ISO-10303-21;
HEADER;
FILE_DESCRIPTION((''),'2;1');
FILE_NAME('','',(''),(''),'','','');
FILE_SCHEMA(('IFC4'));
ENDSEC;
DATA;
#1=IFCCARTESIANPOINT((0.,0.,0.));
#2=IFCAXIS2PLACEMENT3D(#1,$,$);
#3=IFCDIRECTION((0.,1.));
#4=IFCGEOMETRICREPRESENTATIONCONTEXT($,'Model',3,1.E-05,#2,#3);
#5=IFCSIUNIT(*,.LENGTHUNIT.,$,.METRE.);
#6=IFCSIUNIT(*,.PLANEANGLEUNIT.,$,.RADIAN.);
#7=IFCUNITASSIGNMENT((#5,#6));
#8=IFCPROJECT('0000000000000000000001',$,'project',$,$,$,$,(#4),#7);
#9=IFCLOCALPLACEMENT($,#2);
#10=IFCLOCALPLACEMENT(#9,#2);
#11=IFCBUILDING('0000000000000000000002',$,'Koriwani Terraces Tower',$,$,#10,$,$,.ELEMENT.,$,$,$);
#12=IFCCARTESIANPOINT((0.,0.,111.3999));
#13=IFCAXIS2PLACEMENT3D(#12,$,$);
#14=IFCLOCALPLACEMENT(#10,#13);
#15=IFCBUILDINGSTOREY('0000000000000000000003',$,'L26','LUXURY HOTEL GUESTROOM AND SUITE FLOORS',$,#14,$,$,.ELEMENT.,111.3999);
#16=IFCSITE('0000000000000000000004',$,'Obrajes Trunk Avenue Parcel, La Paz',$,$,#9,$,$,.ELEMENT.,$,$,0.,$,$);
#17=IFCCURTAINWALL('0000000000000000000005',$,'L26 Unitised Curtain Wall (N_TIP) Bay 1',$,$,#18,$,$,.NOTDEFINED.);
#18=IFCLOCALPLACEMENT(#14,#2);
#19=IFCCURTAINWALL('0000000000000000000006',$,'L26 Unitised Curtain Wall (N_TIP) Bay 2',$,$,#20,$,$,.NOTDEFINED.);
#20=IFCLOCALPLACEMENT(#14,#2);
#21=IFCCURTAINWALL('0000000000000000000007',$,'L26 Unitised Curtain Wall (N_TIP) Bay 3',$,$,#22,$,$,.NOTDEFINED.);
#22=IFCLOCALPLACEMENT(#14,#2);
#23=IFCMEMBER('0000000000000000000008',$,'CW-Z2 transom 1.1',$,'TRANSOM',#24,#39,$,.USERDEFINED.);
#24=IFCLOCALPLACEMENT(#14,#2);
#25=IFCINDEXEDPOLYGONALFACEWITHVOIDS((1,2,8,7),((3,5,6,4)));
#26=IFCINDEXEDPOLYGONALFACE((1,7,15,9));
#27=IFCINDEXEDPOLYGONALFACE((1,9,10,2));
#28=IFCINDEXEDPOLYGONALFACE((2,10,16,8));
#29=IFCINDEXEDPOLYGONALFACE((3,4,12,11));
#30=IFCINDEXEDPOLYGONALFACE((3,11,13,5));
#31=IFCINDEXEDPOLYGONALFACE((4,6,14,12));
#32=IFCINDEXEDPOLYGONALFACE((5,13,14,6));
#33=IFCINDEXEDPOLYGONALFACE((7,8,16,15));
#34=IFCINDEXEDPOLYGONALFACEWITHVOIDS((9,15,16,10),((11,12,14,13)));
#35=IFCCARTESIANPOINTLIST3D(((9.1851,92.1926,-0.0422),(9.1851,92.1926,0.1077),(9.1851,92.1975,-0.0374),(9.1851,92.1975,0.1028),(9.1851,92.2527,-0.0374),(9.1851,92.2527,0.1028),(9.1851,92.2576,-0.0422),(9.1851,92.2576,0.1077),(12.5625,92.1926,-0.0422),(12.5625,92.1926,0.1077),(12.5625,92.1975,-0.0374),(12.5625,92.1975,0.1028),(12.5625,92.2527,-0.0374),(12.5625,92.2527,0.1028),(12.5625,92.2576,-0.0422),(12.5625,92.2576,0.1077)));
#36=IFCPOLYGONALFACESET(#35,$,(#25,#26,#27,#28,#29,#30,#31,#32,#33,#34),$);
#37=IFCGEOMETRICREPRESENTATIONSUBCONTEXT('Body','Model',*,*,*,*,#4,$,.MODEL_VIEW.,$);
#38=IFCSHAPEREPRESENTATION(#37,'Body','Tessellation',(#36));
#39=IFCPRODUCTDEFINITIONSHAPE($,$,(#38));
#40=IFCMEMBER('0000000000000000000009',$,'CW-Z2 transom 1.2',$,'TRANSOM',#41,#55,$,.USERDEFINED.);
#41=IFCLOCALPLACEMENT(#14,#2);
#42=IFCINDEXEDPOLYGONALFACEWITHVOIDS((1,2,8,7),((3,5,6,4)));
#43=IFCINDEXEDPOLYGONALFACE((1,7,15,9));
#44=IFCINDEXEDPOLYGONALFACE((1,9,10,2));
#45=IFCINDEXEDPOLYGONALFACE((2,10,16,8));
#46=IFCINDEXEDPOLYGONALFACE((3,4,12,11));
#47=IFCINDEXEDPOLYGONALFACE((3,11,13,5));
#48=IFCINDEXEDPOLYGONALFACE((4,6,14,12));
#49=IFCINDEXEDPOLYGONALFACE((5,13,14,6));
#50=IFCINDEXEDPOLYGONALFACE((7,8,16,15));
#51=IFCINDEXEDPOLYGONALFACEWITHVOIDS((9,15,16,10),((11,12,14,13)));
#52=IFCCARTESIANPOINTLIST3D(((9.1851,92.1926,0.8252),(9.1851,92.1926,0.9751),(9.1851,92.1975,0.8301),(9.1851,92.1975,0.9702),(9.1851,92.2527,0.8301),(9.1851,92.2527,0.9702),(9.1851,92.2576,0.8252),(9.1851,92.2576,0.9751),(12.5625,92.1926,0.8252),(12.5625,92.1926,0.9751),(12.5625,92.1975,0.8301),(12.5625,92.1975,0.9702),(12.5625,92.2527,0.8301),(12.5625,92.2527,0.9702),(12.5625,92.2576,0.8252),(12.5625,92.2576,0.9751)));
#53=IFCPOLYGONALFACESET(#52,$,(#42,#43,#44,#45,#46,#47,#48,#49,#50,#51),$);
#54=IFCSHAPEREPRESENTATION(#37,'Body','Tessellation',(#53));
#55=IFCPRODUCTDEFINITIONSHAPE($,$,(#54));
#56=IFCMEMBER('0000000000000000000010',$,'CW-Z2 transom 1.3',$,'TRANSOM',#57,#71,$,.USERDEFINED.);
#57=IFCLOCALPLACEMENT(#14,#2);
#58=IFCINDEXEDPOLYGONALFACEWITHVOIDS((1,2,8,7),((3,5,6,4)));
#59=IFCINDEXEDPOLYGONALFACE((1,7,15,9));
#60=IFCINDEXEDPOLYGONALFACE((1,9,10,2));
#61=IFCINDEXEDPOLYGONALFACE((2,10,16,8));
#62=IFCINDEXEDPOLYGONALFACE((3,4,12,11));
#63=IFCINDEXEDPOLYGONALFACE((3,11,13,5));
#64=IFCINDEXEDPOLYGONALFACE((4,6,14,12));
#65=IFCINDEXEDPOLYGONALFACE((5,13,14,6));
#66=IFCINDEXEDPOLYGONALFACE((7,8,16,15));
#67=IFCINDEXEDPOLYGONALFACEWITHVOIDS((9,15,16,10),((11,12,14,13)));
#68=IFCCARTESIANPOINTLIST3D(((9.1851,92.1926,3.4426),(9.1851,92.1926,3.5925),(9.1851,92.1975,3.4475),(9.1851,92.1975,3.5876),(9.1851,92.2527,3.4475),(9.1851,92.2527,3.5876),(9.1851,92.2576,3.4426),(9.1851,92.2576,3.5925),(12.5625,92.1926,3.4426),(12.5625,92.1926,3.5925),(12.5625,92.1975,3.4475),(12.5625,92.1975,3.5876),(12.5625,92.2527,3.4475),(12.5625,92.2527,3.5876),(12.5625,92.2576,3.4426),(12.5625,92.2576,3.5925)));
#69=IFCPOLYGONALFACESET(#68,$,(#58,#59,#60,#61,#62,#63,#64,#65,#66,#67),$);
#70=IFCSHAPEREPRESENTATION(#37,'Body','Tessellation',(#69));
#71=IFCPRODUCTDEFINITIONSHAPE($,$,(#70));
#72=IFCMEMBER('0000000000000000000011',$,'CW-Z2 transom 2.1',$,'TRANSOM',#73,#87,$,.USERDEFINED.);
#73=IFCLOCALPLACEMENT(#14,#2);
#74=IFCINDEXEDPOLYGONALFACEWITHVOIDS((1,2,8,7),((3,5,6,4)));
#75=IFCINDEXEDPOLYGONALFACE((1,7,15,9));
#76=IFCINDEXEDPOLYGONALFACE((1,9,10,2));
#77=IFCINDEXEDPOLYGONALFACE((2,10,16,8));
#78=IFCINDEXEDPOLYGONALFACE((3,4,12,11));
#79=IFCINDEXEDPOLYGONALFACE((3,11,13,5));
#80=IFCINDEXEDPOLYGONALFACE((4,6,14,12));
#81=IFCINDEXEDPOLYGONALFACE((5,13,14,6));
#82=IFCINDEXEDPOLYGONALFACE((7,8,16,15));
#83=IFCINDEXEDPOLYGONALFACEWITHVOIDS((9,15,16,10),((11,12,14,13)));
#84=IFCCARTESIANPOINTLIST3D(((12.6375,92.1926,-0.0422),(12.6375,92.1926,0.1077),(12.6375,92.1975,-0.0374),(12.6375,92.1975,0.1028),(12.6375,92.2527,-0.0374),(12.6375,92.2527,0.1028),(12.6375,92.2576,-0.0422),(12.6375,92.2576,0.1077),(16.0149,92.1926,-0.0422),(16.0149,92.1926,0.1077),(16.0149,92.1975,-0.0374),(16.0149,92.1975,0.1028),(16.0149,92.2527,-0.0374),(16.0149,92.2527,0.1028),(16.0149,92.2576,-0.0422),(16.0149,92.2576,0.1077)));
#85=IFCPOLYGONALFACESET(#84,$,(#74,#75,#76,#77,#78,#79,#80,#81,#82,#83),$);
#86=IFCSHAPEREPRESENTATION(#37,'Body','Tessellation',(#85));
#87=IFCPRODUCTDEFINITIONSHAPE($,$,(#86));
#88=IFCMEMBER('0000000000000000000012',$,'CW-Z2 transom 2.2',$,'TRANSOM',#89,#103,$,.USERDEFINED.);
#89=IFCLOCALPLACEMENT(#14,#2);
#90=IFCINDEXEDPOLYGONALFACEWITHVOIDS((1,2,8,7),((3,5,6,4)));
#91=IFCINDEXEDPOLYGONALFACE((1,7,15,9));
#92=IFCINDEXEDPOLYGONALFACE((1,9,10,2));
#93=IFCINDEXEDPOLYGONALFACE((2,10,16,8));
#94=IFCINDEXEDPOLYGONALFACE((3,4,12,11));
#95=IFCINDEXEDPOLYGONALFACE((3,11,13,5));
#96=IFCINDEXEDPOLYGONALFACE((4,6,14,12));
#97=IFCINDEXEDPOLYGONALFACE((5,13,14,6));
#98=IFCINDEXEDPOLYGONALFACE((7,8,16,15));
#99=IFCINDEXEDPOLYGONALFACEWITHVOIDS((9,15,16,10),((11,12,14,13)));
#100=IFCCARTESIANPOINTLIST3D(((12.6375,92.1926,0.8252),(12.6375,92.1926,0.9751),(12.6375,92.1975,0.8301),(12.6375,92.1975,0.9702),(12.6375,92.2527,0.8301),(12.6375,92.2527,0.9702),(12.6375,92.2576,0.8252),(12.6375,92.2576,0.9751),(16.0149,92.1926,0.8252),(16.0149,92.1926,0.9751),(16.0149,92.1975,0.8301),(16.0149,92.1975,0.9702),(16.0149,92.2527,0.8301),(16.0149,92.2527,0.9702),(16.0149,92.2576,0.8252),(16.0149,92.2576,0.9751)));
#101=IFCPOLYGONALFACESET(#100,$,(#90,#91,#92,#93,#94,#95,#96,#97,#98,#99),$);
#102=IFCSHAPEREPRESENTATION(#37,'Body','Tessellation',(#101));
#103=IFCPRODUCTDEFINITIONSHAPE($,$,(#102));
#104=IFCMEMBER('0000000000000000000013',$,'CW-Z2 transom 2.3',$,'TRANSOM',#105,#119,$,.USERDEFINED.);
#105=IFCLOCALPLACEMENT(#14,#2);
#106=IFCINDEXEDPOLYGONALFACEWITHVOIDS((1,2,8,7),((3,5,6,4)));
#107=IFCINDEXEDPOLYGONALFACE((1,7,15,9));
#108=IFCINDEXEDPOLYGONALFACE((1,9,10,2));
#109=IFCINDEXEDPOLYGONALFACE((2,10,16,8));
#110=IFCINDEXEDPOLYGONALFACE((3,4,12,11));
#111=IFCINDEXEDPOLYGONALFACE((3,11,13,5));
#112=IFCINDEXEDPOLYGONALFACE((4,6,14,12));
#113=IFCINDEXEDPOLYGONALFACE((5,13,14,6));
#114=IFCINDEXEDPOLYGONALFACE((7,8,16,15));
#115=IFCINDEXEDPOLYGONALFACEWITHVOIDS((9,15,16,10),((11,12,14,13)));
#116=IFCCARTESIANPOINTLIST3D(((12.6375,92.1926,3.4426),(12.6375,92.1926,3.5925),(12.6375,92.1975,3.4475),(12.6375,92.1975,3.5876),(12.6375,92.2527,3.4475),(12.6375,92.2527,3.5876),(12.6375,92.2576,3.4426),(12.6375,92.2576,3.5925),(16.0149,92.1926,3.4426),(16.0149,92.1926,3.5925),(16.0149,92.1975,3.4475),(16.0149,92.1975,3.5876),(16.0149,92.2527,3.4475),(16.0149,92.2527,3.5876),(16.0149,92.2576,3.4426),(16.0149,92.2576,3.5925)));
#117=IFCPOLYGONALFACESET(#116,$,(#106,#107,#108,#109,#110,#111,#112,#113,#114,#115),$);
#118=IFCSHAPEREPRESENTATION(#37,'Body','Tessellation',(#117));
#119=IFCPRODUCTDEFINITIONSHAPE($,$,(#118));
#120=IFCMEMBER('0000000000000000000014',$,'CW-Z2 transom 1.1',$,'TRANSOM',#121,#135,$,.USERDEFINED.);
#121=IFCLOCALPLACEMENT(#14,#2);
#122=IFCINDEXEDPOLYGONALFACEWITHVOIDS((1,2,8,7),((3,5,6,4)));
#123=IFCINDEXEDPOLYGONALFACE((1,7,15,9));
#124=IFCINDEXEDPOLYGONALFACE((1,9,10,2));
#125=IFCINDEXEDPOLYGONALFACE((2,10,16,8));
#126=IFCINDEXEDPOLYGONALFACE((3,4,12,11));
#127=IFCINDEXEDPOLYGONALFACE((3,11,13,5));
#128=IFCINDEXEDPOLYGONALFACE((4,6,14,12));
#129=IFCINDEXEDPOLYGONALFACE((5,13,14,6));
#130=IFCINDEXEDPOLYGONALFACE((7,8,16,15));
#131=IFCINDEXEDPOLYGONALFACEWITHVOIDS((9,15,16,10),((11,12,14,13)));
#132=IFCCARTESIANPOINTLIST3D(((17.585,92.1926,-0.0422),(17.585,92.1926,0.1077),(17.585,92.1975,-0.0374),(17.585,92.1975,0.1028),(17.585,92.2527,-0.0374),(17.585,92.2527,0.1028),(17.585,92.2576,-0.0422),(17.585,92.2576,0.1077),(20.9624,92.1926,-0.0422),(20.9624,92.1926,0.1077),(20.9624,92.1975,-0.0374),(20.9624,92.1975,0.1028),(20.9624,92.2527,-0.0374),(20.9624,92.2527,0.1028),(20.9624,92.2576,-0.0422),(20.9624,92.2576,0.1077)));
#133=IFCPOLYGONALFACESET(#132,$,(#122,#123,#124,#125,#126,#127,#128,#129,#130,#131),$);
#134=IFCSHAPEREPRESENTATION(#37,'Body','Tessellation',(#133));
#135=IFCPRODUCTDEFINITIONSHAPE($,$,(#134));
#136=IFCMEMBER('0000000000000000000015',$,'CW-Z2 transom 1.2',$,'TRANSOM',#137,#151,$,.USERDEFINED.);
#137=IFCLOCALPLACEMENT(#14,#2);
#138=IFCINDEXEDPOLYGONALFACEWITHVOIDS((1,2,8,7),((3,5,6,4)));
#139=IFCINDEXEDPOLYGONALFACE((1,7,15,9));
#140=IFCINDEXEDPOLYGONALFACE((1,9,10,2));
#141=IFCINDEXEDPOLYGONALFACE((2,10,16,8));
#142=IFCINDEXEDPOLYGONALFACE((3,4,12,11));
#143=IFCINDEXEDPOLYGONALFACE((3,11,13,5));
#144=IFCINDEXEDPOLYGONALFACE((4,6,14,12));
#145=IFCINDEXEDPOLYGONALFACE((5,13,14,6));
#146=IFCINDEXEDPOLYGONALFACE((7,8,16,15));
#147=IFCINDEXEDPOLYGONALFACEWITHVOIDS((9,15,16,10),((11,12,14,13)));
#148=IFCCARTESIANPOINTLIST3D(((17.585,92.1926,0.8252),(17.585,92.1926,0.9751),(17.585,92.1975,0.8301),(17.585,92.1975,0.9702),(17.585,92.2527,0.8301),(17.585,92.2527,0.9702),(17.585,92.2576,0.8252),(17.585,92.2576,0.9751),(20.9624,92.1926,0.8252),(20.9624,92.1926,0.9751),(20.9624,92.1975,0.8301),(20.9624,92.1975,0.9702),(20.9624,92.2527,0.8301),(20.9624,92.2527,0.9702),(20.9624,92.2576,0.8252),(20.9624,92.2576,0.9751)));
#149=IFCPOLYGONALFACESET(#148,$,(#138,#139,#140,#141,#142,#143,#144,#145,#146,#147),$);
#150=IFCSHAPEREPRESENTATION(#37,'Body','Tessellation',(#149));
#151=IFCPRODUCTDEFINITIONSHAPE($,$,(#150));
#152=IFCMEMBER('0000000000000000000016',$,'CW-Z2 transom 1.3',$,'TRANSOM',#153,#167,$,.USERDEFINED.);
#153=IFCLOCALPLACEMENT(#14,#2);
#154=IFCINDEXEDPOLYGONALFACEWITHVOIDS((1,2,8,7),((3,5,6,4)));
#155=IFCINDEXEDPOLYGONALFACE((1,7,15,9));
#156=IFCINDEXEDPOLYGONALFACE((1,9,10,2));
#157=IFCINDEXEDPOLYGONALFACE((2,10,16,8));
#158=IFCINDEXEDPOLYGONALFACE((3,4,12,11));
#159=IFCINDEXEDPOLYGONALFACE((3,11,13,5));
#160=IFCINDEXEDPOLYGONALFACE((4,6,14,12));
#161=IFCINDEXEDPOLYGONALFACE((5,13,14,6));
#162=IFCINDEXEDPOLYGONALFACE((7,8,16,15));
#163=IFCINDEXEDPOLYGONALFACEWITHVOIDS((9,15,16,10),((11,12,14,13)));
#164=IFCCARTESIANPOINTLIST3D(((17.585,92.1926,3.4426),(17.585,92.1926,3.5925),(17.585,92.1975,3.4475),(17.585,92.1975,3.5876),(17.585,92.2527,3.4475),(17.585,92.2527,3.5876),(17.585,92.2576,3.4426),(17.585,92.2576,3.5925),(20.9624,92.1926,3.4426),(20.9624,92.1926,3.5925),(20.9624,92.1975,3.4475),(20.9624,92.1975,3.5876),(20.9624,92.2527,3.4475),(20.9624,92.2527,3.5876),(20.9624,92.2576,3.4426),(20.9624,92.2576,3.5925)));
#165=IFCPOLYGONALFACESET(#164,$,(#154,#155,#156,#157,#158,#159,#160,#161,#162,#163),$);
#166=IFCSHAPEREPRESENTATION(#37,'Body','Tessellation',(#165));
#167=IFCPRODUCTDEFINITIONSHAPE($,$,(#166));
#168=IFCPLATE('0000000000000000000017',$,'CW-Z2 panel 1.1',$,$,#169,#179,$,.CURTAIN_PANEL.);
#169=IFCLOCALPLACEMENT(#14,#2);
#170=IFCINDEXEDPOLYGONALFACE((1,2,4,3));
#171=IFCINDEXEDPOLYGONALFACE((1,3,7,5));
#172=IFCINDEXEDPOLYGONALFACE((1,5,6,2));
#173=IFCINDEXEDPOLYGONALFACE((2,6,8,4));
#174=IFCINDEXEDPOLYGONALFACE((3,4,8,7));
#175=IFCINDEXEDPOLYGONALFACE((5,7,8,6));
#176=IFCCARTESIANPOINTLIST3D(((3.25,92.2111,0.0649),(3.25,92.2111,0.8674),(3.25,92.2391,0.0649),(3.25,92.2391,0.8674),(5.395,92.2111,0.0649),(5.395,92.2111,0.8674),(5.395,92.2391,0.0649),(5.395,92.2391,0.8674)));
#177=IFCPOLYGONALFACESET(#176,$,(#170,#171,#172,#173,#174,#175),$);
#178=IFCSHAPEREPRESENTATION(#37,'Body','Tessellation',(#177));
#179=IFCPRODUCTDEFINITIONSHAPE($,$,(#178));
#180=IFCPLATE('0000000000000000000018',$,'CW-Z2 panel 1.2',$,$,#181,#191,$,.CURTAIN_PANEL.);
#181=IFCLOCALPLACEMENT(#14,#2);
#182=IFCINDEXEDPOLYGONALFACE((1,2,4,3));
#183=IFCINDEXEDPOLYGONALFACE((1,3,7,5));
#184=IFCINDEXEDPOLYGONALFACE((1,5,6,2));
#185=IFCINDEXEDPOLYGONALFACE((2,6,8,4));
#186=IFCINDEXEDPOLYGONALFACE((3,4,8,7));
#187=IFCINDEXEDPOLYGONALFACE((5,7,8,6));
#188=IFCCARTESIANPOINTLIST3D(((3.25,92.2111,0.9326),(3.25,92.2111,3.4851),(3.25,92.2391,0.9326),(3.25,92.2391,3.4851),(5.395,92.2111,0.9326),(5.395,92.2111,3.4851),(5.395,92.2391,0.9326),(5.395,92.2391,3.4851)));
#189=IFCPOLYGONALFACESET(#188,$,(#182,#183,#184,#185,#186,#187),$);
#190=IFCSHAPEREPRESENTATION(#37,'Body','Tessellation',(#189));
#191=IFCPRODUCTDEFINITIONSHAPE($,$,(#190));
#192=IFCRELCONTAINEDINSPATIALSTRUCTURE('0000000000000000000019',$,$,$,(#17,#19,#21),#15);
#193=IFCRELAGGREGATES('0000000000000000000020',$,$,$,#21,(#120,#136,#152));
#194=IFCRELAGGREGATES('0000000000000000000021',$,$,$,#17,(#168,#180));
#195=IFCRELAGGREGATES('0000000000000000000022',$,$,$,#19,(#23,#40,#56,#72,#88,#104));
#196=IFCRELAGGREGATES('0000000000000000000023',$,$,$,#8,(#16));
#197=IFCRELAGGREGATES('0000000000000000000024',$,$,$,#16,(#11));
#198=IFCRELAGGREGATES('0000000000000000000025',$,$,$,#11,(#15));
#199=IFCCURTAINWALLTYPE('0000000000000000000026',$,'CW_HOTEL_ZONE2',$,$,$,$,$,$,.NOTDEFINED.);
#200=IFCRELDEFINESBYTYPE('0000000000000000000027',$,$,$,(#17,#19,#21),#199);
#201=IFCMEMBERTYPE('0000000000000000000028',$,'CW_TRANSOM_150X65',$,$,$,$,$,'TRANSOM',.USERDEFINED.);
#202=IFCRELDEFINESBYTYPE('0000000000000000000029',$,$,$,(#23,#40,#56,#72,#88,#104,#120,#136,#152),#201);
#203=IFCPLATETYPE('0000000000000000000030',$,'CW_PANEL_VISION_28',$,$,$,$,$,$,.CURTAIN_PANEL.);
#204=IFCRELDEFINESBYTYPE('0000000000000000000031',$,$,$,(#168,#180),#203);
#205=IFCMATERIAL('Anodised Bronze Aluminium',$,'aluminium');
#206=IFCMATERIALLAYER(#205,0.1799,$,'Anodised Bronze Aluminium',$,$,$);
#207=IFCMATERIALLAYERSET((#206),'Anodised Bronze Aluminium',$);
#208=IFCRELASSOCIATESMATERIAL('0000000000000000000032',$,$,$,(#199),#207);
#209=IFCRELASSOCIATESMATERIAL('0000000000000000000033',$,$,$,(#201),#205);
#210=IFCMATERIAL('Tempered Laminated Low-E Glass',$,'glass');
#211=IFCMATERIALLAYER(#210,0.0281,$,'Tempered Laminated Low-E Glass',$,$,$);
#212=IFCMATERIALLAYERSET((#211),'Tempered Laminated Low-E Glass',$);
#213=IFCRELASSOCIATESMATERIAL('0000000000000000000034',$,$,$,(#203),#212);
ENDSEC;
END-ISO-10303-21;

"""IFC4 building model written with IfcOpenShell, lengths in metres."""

from ifc_helpers import new_model, si_unit, direction, frame, origin, origin_2d, place, context, subcontext, project, spatial, rectangle, hollow_rectangle, extrude, material, layer, layer_set, material_profile, profile_set, type_object, element, aggregate, save


model = new_model("IFC4")

# Units and contexts
model_context = context("Model", 3, precision=1e-05, world=origin(), true_north=direction((0.0, 1.0)))
body_context = subcontext(model_context, "Body", "Model", "MODEL_VIEW")
ifc_project = project(units=[si_unit("LENGTHUNIT", "METRE"), si_unit("PLANEANGLEUNIT", "RADIAN")], contexts=[model_context])

# Site, building, storey
site_placement = place(None, origin())
site = spatial("IfcSite", under=ifc_project, at=site_placement, Name="Obrajes Trunk Avenue Parcel, La Paz", CompositionType="ELEMENT", RefElevation=0.0)
building_placement = place(site_placement, origin())
building = spatial("IfcBuilding", under=site, at=building_placement, Name="Koriwani Terraces Tower", CompositionType="ELEMENT")
storey_placement = place(building_placement, frame((0.0, 0.0, 111.3999)))
storey = spatial("IfcBuildingStorey", under=building, at=storey_placement, Name="L26", Description="LUXURY HOTEL GUESTROOM AND SUITE FLOORS", CompositionType="ELEMENT", Elevation=111.3999)

# Curtain walls
ifc_material_1 = material(Name="Anodised Bronze Aluminium", Category="aluminium")
ifc_layer_1 = layer(ifc_material_1, 0.1799, Name="Anodised Bronze Aluminium")
ifc_layer_set_1 = layer_set([ifc_layer_1], Name="Anodised Bronze Aluminium")
curtain_wall_type = type_object("IfcCurtainWallType", Name="CW_HOTEL_ZONE2", PredefinedType="NOTDEFINED", material=ifc_layer_set_1)
curtain_wall_1_placement = place(storey_placement, origin())
curtain_wall_1 = element("IfcCurtainWall", 1, at=curtain_wall_1_placement, inside=storey, type_object=curtain_wall_type, Name="L26 Unitised Curtain Wall (N_TIP) Bay 1", PredefinedType="NOTDEFINED")
curtain_wall_2_placement = place(storey_placement, origin())
curtain_wall_2 = element("IfcCurtainWall", 2, at=curtain_wall_2_placement, inside=storey, type_object=curtain_wall_type, Name="L26 Unitised Curtain Wall (N_TIP) Bay 2", PredefinedType="NOTDEFINED")

# Curtain wall
curtain_wall_3_placement = place(storey_placement, origin())
curtain_wall_3 = element("IfcCurtainWall", 3, at=curtain_wall_3_placement, inside=storey, type_object=curtain_wall_type, Name="L26 Unitised Curtain Wall (N_TIP) Bay 3", PredefinedType="NOTDEFINED")

# Members
ifc_material_profile_1 = material_profile(ifc_material_1, hollow_rectangle(XDim=0.0649, YDim=0.1499, WallThickness=0.0049, at=origin_2d()), Name="Anodised Bronze Aluminium", Category="LoadBearing")
ifc_profile_set_1 = profile_set([ifc_material_profile_1], Name="Anodised Bronze Aluminium")
member_type_1 = type_object("IfcMemberType", Name="CW_TRANSOM_150X65", ElementType="TRANSOM", PredefinedType="USERDEFINED", material=ifc_profile_set_1)
member_1_placement = place(storey_placement, frame((9.1851, 92.2251, 0.0327), z_axis=(1.0, 0.0, 0.0), x_axis=(0.0, 1.0, 0.0)))
member_1 = element("IfcMember", 4, at=member_1_placement, type_object=member_type_1, Name="CW-Z2 transom 1.1", ObjectType="TRANSOM", PredefinedType="USERDEFINED", context=body_context, shape_type="SweptSolid", body=[
    extrude(hollow_rectangle(XDim=0.0649, YDim=0.1499, WallThickness=0.0049, at=origin_2d()), origin(), (0.0, 0.0, 1.0), 3.3774),
])
member_2_placement = place(storey_placement, frame((9.1851, 92.2251, 0.9001), z_axis=(1.0, 0.0, 0.0), x_axis=(0.0, 1.0, 0.0)))
member_2 = element("IfcMember", 5, at=member_2_placement, type_object=member_type_1, Name="CW-Z2 transom 1.2", ObjectType="TRANSOM", PredefinedType="USERDEFINED", context=body_context, shape_type="SweptSolid", body=[
    extrude(hollow_rectangle(XDim=0.0649, YDim=0.1499, WallThickness=0.0049, at=origin_2d()), origin(), (0.0, 0.0, 1.0), 3.3774),
])
member_3_placement = place(storey_placement, frame((9.1851, 92.2251, 3.5176), z_axis=(1.0, 0.0, 0.0), x_axis=(0.0, 1.0, 0.0)))
member_3 = element("IfcMember", 6, at=member_3_placement, type_object=member_type_1, Name="CW-Z2 transom 1.3", ObjectType="TRANSOM", PredefinedType="USERDEFINED", context=body_context, shape_type="SweptSolid", body=[
    extrude(hollow_rectangle(XDim=0.0649, YDim=0.1499, WallThickness=0.0049, at=origin_2d()), origin(), (0.0, 0.0, 1.0), 3.3774),
])
member_4_placement = place(storey_placement, frame((12.6375, 92.2251, 0.0327), z_axis=(1.0, 0.0, 0.0), x_axis=(0.0, 1.0, 0.0)))
member_4 = element("IfcMember", 7, at=member_4_placement, type_object=member_type_1, Name="CW-Z2 transom 2.1", ObjectType="TRANSOM", PredefinedType="USERDEFINED", context=body_context, shape_type="SweptSolid", body=[
    extrude(hollow_rectangle(XDim=0.0649, YDim=0.1499, WallThickness=0.0049, at=origin_2d()), origin(), (0.0, 0.0, 1.0), 3.3774),
])
member_5_placement = place(storey_placement, frame((12.6375, 92.2251, 0.9001), z_axis=(1.0, 0.0, 0.0), x_axis=(0.0, 1.0, 0.0)))
member_5 = element("IfcMember", 8, at=member_5_placement, type_object=member_type_1, Name="CW-Z2 transom 2.2", ObjectType="TRANSOM", PredefinedType="USERDEFINED", context=body_context, shape_type="SweptSolid", body=[
    extrude(hollow_rectangle(XDim=0.0649, YDim=0.1499, WallThickness=0.0049, at=origin_2d()), origin(), (0.0, 0.0, 1.0), 3.3774),
])
member_6_placement = place(storey_placement, frame((12.6375, 92.2251, 3.5176), z_axis=(1.0, 0.0, 0.0), x_axis=(0.0, 1.0, 0.0)))
member_6 = element("IfcMember", 9, at=member_6_placement, type_object=member_type_1, Name="CW-Z2 transom 2.3", ObjectType="TRANSOM", PredefinedType="USERDEFINED", context=body_context, shape_type="SweptSolid", body=[
    extrude(hollow_rectangle(XDim=0.0649, YDim=0.1499, WallThickness=0.0049, at=origin_2d()), origin(), (0.0, 0.0, 1.0), 3.3774),
])
member_7_placement = place(storey_placement, frame((17.585, 92.2251, 0.0327), z_axis=(1.0, 0.0, 0.0), x_axis=(0.0, 1.0, 0.0)))
member_7 = element("IfcMember", 10, at=member_7_placement, type_object=member_type_1, Name="CW-Z2 transom 1.1", ObjectType="TRANSOM", PredefinedType="USERDEFINED", context=body_context, shape_type="SweptSolid", body=[
    extrude(hollow_rectangle(XDim=0.0649, YDim=0.1499, WallThickness=0.0049, at=origin_2d()), origin(), (0.0, 0.0, 1.0), 3.3774),
])
member_8_placement = place(storey_placement, frame((17.585, 92.2251, 0.9001), z_axis=(1.0, 0.0, 0.0), x_axis=(0.0, 1.0, 0.0)))
member_8 = element("IfcMember", 11, at=member_8_placement, type_object=member_type_1, Name="CW-Z2 transom 1.2", ObjectType="TRANSOM", PredefinedType="USERDEFINED", context=body_context, shape_type="SweptSolid", body=[
    extrude(hollow_rectangle(XDim=0.0649, YDim=0.1499, WallThickness=0.0049, at=origin_2d()), origin(), (0.0, 0.0, 1.0), 3.3774),
])
member_9_placement = place(storey_placement, frame((17.585, 92.2251, 3.5176), z_axis=(1.0, 0.0, 0.0), x_axis=(0.0, 1.0, 0.0)))
member_9 = element("IfcMember", 12, at=member_9_placement, type_object=member_type_1, Name="CW-Z2 transom 1.3", ObjectType="TRANSOM", PredefinedType="USERDEFINED", context=body_context, shape_type="SweptSolid", body=[
    extrude(hollow_rectangle(XDim=0.0649, YDim=0.1499, WallThickness=0.0049, at=origin_2d()), origin(), (0.0, 0.0, 1.0), 3.3774),
])
aggregate(curtain_wall_3, [member_7, member_8, member_9])

# Plates
ifc_material_2 = material(Name="Tempered Laminated Low-E Glass", Category="glass")
ifc_layer_2 = layer(ifc_material_2, 0.0281, Name="Tempered Laminated Low-E Glass")
ifc_layer_set_2 = layer_set([ifc_layer_2], Name="Tempered Laminated Low-E Glass")
plate_type = type_object("IfcPlateType", Name="CW_PANEL_VISION_28", PredefinedType="CURTAIN_PANEL", material=ifc_layer_set_2)
plate_1_placement = place(storey_placement, frame((4.3225, 92.2251, 0.0649), z_axis=(0.0, 0.0, 1.0), x_axis=(1.0, 0.0, 0.0)))
plate_1 = element("IfcPlate", 13, at=plate_1_placement, type_object=plate_type, Name="CW-Z2 panel 1.1", PredefinedType="CURTAIN_PANEL", context=body_context, shape_type="SweptSolid", body=[
    extrude(rectangle(XDim=2.145, YDim=0.0281, at=origin_2d()), origin(), (0.0, 0.0, 1.0), 0.8025),
])
plate_2_placement = place(storey_placement, frame((4.3225, 92.2251, 0.9326), z_axis=(0.0, 0.0, 1.0), x_axis=(1.0, 0.0, 0.0)))
plate_2 = element("IfcPlate", 14, at=plate_2_placement, type_object=plate_type, Name="CW-Z2 panel 1.2", PredefinedType="CURTAIN_PANEL", context=body_context, shape_type="SweptSolid", body=[
    extrude(rectangle(XDim=2.145, YDim=0.0281, at=origin_2d()), origin(), (0.0, 0.0, 1.0), 2.5525),
])
aggregate(curtain_wall_1, [plate_1, plate_2])
aggregate(curtain_wall_2, [member_1, member_2, member_3, member_4, member_5, member_6])

save(model, "model.ifc")
